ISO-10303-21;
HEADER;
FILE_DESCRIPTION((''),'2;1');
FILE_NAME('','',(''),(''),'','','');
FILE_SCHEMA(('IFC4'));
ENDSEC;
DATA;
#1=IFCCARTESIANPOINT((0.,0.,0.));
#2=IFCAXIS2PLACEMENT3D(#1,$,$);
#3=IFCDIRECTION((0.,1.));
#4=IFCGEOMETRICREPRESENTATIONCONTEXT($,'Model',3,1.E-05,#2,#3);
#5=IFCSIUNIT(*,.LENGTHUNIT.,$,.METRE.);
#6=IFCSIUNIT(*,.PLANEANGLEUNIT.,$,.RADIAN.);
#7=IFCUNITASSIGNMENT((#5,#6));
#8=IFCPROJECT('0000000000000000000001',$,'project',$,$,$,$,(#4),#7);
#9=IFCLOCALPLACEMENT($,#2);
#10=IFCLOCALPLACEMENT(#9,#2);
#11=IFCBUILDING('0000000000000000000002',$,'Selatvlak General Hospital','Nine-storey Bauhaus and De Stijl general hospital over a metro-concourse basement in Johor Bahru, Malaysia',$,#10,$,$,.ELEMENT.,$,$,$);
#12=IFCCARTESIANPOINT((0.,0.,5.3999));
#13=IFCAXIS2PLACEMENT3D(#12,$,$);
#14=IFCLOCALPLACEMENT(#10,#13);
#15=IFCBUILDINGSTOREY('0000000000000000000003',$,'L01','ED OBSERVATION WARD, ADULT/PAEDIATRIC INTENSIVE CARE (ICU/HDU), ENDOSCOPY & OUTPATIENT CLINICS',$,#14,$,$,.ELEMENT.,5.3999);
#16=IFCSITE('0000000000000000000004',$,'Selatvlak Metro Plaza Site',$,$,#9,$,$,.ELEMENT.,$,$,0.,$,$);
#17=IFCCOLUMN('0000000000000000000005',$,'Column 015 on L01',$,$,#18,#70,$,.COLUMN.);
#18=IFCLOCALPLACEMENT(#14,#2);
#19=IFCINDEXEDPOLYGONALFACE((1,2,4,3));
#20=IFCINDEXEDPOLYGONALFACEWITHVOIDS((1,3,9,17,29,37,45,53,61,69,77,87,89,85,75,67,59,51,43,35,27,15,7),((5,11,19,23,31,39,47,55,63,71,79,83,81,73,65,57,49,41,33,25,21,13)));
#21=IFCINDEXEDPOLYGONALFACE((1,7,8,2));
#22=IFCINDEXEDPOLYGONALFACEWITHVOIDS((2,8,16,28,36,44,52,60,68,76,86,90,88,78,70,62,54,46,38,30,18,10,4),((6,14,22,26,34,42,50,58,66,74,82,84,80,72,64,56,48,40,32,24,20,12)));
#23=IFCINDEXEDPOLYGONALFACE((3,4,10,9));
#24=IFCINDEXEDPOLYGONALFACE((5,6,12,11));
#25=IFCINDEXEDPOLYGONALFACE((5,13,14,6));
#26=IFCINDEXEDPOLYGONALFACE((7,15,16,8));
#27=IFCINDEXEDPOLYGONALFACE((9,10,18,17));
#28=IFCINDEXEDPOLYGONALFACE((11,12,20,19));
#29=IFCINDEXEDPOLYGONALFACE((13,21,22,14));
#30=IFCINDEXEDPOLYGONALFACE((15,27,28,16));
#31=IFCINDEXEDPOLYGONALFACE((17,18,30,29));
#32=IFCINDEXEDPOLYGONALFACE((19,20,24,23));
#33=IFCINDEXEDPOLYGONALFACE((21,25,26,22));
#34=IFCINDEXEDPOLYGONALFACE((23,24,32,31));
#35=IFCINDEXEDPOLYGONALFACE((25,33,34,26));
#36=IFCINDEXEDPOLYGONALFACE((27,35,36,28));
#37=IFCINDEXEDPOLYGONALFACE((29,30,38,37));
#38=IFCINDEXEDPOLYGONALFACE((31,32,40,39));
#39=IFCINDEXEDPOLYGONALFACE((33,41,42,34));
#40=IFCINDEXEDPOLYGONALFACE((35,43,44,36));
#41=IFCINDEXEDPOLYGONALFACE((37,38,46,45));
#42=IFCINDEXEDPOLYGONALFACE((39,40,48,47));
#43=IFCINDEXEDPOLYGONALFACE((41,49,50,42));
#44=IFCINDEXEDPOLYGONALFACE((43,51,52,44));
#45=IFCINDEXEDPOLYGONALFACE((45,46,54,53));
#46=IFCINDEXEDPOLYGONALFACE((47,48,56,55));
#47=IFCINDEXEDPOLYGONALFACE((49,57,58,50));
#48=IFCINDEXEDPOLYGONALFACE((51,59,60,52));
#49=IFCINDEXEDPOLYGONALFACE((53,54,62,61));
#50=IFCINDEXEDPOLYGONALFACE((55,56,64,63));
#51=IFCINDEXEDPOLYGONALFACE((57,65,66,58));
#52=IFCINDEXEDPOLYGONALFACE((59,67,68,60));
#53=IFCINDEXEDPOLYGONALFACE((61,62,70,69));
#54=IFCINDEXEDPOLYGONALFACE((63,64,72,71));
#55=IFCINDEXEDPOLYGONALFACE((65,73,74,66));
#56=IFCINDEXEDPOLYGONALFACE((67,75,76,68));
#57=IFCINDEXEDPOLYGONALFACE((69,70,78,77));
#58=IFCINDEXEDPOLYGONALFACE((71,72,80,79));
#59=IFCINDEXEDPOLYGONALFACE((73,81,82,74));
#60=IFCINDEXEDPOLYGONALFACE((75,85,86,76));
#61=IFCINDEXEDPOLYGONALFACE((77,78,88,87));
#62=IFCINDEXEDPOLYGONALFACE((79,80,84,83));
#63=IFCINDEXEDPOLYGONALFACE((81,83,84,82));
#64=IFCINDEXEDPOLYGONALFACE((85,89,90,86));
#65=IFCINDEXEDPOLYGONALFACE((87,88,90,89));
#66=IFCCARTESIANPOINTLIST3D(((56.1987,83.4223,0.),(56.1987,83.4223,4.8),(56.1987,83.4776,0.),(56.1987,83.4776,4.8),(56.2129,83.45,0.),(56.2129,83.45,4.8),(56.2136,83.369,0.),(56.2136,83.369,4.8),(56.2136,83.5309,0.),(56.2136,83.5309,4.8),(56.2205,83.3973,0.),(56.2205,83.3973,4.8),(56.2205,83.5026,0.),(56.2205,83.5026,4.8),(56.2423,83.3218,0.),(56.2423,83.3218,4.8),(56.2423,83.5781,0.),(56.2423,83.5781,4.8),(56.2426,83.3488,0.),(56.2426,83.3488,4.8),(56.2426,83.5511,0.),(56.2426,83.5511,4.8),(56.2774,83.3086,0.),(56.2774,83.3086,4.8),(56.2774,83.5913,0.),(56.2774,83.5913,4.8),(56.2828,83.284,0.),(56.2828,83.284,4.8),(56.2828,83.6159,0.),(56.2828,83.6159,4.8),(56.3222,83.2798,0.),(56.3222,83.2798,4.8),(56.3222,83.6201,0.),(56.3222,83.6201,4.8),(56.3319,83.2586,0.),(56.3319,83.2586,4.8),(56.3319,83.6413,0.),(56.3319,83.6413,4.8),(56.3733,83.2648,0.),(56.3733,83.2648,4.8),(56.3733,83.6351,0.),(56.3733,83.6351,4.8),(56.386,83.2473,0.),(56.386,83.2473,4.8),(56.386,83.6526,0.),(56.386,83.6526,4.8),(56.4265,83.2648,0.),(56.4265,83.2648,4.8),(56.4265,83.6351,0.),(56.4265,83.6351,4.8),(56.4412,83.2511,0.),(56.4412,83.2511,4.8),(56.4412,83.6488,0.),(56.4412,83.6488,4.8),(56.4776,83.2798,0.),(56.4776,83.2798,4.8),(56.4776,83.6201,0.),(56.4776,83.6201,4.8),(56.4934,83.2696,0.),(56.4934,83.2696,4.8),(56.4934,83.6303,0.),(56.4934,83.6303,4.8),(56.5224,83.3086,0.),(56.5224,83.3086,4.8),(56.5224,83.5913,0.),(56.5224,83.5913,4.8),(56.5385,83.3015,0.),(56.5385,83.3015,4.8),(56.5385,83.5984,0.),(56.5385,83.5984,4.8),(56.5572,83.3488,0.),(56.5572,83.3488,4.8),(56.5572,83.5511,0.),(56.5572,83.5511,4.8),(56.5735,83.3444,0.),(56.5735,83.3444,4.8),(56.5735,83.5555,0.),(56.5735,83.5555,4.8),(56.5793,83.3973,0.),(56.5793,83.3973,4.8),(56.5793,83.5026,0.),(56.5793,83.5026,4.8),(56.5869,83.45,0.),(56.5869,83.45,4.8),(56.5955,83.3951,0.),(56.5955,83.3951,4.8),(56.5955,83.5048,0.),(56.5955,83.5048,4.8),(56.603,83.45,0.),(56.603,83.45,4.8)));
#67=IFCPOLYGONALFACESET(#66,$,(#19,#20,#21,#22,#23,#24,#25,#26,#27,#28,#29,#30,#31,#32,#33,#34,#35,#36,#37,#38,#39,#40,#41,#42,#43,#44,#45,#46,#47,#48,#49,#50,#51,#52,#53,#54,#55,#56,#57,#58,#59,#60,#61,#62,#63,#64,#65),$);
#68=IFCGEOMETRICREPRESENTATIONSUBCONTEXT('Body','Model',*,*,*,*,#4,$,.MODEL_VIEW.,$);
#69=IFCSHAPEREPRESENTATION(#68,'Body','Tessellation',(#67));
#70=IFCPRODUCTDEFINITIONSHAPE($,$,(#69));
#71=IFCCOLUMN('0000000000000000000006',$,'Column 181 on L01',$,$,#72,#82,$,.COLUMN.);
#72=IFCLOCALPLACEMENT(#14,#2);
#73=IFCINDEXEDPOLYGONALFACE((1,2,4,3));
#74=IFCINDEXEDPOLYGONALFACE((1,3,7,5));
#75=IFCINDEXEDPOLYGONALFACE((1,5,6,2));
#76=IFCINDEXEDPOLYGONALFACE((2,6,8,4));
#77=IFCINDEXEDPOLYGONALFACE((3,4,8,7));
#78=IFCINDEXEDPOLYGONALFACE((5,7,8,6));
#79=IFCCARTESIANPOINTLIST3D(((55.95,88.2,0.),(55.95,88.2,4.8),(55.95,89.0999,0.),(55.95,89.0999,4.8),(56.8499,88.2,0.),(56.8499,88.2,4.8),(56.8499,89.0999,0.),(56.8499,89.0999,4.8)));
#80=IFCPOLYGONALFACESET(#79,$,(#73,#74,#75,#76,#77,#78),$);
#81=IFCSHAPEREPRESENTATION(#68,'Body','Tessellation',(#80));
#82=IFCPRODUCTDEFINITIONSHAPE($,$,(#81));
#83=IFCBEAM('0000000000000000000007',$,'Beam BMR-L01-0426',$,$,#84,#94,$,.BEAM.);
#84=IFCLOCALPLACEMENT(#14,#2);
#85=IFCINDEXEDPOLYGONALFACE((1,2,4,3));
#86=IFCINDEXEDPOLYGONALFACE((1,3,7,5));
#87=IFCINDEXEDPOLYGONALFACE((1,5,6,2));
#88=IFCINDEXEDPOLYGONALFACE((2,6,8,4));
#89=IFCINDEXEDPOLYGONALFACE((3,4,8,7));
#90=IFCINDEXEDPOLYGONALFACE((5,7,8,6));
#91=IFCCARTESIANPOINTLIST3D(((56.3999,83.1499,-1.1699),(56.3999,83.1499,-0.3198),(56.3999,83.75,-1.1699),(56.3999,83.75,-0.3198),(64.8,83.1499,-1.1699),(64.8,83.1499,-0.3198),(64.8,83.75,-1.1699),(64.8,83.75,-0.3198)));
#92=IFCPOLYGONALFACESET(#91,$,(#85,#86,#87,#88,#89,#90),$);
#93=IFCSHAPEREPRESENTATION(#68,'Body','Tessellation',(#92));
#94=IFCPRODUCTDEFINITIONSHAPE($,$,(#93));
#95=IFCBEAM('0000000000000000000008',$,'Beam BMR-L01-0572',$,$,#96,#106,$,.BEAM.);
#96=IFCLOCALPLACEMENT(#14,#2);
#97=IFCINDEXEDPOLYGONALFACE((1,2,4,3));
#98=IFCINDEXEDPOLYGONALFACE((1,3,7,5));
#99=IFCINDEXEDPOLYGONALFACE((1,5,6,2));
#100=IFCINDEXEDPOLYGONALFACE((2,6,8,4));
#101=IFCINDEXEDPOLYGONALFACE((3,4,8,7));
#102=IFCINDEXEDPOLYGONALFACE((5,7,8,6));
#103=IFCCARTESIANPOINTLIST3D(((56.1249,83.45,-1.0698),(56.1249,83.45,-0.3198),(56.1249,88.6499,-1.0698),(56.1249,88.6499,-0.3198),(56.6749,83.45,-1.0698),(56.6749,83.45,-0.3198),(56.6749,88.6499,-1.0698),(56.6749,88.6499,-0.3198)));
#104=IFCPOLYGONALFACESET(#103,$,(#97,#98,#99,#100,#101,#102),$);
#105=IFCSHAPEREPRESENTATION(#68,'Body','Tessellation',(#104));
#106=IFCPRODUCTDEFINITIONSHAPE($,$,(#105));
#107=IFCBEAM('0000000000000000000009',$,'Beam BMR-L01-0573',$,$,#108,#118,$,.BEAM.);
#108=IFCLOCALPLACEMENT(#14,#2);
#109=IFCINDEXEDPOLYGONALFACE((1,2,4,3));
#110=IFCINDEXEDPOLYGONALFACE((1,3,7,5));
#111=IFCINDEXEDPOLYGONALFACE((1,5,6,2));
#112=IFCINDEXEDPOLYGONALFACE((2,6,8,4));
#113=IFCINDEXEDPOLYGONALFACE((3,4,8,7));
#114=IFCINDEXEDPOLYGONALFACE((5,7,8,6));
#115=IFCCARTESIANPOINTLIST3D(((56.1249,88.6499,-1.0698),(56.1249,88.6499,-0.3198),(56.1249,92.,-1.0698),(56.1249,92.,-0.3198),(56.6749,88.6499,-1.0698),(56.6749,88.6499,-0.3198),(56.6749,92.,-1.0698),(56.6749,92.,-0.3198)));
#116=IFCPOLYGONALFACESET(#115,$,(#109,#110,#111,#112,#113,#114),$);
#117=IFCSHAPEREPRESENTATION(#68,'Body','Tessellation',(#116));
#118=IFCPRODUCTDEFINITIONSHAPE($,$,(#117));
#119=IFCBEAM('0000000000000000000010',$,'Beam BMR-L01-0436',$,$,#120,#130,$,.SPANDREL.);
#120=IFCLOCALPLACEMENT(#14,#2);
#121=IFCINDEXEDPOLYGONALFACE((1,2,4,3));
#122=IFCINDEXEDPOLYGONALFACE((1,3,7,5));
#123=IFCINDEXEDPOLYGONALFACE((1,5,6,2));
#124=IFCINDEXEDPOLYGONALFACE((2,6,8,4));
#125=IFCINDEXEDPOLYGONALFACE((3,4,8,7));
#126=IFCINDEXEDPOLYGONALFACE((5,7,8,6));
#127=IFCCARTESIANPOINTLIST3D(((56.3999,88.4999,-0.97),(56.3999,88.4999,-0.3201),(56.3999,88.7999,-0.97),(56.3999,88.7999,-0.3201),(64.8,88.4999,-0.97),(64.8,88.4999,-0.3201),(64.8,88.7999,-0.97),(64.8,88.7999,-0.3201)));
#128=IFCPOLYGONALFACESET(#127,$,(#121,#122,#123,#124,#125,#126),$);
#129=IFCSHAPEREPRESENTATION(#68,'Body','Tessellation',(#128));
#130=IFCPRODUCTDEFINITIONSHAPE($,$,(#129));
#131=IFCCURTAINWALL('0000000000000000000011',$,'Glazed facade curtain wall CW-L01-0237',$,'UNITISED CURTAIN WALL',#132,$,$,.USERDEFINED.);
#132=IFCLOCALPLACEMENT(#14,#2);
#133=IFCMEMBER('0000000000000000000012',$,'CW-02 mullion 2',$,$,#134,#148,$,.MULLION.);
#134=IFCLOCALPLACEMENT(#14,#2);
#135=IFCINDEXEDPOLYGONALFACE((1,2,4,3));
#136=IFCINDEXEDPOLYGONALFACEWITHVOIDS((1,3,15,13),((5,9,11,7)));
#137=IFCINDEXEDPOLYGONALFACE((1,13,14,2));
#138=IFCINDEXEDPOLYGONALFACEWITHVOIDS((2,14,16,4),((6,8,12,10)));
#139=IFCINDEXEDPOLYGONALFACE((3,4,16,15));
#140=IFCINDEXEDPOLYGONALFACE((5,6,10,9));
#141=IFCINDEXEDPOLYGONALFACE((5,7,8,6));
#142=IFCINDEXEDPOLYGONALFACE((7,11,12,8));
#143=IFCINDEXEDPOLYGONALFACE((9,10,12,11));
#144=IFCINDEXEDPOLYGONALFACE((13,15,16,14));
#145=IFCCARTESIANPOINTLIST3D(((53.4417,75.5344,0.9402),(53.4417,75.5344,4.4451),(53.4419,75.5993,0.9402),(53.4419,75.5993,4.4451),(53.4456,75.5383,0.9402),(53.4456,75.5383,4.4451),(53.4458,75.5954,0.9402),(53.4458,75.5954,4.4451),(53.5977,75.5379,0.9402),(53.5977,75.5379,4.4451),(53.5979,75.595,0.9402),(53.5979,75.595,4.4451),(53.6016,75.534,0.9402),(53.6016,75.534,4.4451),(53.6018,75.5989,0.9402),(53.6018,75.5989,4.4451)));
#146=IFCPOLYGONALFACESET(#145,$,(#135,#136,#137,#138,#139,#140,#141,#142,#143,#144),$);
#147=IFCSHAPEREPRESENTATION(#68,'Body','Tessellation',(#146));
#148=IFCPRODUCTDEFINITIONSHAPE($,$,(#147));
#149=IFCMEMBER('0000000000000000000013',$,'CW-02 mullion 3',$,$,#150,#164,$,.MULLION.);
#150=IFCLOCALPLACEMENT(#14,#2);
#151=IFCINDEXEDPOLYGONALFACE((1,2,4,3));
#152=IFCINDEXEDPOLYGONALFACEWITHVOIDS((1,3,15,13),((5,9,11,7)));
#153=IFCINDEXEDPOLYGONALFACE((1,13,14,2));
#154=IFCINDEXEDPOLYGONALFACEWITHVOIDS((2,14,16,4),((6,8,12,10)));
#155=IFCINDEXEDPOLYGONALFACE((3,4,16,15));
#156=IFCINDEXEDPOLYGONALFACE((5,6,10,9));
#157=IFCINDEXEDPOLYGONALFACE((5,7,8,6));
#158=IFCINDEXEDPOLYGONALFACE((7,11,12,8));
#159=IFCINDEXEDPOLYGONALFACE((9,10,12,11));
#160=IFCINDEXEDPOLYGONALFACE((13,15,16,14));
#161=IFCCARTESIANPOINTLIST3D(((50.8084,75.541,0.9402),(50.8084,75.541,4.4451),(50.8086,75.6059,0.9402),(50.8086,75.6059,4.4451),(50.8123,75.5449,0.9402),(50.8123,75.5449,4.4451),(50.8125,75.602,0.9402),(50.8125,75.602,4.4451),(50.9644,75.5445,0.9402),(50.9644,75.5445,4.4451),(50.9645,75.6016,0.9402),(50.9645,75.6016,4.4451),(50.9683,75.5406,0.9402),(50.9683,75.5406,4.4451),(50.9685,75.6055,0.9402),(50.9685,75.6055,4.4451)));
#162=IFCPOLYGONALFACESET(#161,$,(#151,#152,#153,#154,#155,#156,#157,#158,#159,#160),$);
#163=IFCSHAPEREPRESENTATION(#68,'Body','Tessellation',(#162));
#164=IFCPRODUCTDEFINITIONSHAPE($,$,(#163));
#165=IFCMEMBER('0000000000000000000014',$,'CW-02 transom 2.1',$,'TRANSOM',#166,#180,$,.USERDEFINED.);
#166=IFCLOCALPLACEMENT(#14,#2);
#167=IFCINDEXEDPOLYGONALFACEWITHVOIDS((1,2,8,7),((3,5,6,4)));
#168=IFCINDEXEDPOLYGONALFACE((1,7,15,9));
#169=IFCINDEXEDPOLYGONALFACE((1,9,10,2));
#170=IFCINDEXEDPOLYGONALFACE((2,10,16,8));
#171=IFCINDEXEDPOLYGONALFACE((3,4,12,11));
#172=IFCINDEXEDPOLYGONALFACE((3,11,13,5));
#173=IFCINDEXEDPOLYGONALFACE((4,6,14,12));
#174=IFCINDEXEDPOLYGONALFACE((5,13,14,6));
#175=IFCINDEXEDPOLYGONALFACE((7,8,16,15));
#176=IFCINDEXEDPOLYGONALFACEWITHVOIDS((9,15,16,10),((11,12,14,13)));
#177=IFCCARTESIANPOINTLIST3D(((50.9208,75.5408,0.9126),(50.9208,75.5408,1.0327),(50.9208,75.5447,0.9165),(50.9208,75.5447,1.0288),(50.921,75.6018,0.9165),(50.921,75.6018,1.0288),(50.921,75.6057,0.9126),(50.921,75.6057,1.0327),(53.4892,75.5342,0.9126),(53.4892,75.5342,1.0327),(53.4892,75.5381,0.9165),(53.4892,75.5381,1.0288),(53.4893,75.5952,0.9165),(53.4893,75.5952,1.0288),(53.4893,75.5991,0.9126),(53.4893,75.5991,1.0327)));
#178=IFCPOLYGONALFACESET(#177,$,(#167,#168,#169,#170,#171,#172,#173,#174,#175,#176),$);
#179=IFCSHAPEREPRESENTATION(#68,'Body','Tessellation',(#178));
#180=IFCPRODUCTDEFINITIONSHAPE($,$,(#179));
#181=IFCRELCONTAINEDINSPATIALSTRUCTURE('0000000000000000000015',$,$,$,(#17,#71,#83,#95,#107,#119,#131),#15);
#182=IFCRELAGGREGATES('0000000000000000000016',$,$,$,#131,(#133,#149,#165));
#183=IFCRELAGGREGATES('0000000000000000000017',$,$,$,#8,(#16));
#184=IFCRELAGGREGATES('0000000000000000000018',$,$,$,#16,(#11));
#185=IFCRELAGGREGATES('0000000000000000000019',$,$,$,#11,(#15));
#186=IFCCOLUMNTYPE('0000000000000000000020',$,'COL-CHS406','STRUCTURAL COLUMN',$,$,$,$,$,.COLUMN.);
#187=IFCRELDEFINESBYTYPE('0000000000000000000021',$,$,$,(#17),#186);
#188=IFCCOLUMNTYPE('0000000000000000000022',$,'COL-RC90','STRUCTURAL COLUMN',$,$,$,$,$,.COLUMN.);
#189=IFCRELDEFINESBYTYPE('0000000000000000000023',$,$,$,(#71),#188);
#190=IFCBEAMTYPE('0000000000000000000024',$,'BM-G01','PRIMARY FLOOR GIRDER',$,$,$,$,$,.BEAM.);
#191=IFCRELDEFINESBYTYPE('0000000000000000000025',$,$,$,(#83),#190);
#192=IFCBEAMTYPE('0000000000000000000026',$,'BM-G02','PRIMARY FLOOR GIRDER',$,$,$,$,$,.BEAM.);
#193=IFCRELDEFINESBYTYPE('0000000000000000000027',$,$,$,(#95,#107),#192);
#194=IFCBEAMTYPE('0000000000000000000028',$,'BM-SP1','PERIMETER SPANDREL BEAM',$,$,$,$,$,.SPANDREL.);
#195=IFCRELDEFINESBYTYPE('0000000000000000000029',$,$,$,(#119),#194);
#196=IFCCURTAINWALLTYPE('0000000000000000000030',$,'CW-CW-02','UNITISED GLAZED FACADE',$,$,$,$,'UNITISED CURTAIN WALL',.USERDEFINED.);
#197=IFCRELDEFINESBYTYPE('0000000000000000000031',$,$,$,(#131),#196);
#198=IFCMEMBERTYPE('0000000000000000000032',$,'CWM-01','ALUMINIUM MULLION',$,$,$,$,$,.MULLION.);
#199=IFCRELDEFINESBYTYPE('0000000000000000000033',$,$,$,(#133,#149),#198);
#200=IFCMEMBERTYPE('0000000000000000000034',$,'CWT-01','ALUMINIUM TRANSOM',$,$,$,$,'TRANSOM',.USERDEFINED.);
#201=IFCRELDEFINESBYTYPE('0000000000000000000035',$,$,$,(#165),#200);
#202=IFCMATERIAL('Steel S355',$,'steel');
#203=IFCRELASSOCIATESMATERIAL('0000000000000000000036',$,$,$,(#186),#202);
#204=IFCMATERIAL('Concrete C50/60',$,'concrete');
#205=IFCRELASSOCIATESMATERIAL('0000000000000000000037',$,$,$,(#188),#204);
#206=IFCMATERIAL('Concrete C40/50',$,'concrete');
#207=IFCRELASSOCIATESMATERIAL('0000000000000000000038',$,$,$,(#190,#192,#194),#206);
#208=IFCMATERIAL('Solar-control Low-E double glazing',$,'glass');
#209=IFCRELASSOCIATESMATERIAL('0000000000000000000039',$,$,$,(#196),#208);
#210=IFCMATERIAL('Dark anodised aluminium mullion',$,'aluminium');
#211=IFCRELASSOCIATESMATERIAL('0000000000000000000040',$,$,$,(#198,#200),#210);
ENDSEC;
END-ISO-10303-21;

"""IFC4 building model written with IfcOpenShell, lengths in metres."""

from ifc_helpers import new_model, si_unit, direction, frame, origin, origin_2d, place, context, subcontext, project, spatial, rectangle, hollow_rectangle, hollow_circle, extrude, material, material_profile, profile_set, type_object, element, aggregate, save


model = new_model("IFC4")

# Units and contexts
model_context = context("Model", 3, precision=1e-05, world=origin(), true_north=direction((0.0, 1.0)))
body_context = subcontext(model_context, "Body", "Model", "MODEL_VIEW")
ifc_project = project(units=[si_unit("LENGTHUNIT", "METRE"), si_unit("PLANEANGLEUNIT", "RADIAN")], contexts=[model_context])

# Site, building, storey
site_placement = place(None, origin())
site = spatial("IfcSite", under=ifc_project, at=site_placement, Name="Selatvlak Metro Plaza Site", CompositionType="ELEMENT", RefElevation=0.0)
building_placement = place(site_placement, origin())
building = spatial("IfcBuilding", under=site, at=building_placement, Name="Selatvlak General Hospital", Description="Nine-storey Bauhaus and De Stijl general hospital over a metro-concourse basement in Johor Bahru, Malaysia", CompositionType="ELEMENT")
storey_placement = place(building_placement, frame((0.0, 0.0, 5.3999)))
storey = spatial("IfcBuildingStorey", under=building, at=storey_placement, Name="L01", Description="ED OBSERVATION WARD, ADULT/PAEDIATRIC INTENSIVE CARE (ICU/HDU), ENDOSCOPY & OUTPATIENT CLINICS", CompositionType="ELEMENT", Elevation=5.3999)

# Columns
ifc_material_1 = material(Name="Steel S355", Category="steel")
ifc_material_profile_1 = material_profile(ifc_material_1, hollow_circle(Radius=0.2031, WallThickness=0.0161, at=origin_2d()), Name="CHS 406.4x16")
ifc_profile_set_1 = profile_set([ifc_material_profile_1], Name="Steel S355")
column_type_1 = type_object("IfcColumnType", Name="COL-CHS406", Description="STRUCTURAL COLUMN", PredefinedType="COLUMN", material=ifc_profile_set_1)
column_1_placement = place(storey_placement, frame((56.3999, 83.45, 0.0), z_axis=(0.0, 0.0, 1.0), x_axis=(1.0, 0.0, 0.0)))
element("IfcColumn", 1, at=column_1_placement, inside=storey, type_object=column_type_1, Name="Column 015 on L01", PredefinedType="COLUMN", context=body_context, shape_type="SweptSolid", body=[
    extrude(hollow_circle(Radius=0.2031, WallThickness=0.0161, at=origin_2d()), origin(), (0.0, 0.0, 1.0), 4.8),
])
ifc_material_2 = material(Name="Concrete C50/60", Category="concrete")
ifc_material_profile_2 = material_profile(ifc_material_2, rectangle(XDim=0.8999, YDim=0.8999, at=origin_2d()), Name="RC-COL 900x900")
ifc_profile_set_2 = profile_set([ifc_material_profile_2], Name="Concrete C50/60")
column_type_2 = type_object("IfcColumnType", Name="COL-RC90", Description="STRUCTURAL COLUMN", PredefinedType="COLUMN", material=ifc_profile_set_2)
column_2_placement = place(storey_placement, frame((56.3999, 88.6499, 0.0), z_axis=(0.0, 0.0, 1.0), x_axis=(1.0, 0.0, 0.0)))
element("IfcColumn", 2, at=column_2_placement, inside=storey, type_object=column_type_2, Name="Column 181 on L01", PredefinedType="COLUMN", context=body_context, shape_type="SweptSolid", body=[
    extrude(rectangle(XDim=0.8999, YDim=0.8999, at=origin_2d()), origin(), (0.0, 0.0, 1.0), 4.8),
])

# Beams
ifc_material_3 = material(Name="Concrete C40/50", Category="concrete")
ifc_material_profile_3 = material_profile(ifc_material_3, rectangle(XDim=0.6001, YDim=0.8501, at=origin_2d()), Name="RC-BM 600x850")
ifc_profile_set_3 = profile_set([ifc_material_profile_3], Name="Concrete C40/50")
beam_type_1 = type_object("IfcBeamType", Name="BM-G01", Description="PRIMARY FLOOR GIRDER", PredefinedType="BEAM", material=ifc_profile_set_3)
beam_1_placement = place(storey_placement, frame((56.3999, 83.45, -0.7449), z_axis=(1.0, 0.0, 0.0), x_axis=(0.0, 1.0, 0.0)))
element("IfcBeam", 3, at=beam_1_placement, inside=storey, type_object=beam_type_1, Name="Beam BMR-L01-0426", PredefinedType="BEAM", context=body_context, shape_type="SweptSolid", body=[
    extrude(rectangle(XDim=0.6001, YDim=0.8501, at=origin_2d()), origin(), (0.0, 0.0, 1.0), 8.4001),
])
ifc_material_profile_4 = material_profile(ifc_material_3, rectangle(XDim=0.55, YDim=0.75, at=origin_2d()), Name="RC-BM 550x750")
ifc_profile_set_4 = profile_set([ifc_material_profile_4], Name="Concrete C40/50")
beam_type_2 = type_object("IfcBeamType", Name="BM-G02", Description="PRIMARY FLOOR GIRDER", PredefinedType="BEAM", material=ifc_profile_set_4)
beam_2_placement = place(storey_placement, frame((56.3999, 83.45, -0.6948), z_axis=(0.0, 1.0, 0.0), x_axis=(-1.0, 0.0, 0.0)))
element("IfcBeam", 4, at=beam_2_placement, inside=storey, type_object=beam_type_2, Name="Beam BMR-L01-0572", PredefinedType="BEAM", context=body_context, shape_type="SweptSolid", body=[
    extrude(rectangle(XDim=0.55, YDim=0.75, at=origin_2d()), origin(), (0.0, 0.0, 1.0), 5.2),
])
beam_3_placement = place(storey_placement, frame((56.3999, 88.6499, -0.6948), z_axis=(0.0, 1.0, 0.0), x_axis=(-1.0, 0.0, 0.0)))
element("IfcBeam", 5, at=beam_3_placement, inside=storey, type_object=beam_type_2, Name="Beam BMR-L01-0573", PredefinedType="BEAM", context=body_context, shape_type="SweptSolid", body=[
    extrude(rectangle(XDim=0.55, YDim=0.75, at=origin_2d()), origin(), (0.0, 0.0, 1.0), 3.3501),
])
ifc_material_profile_5 = material_profile(ifc_material_3, rectangle(XDim=0.3, YDim=0.6499, at=origin_2d()), Name="RC-SP 300x650")
ifc_profile_set_5 = profile_set([ifc_material_profile_5], Name="Concrete C40/50")
beam_type_3 = type_object("IfcBeamType", Name="BM-SP1", Description="PERIMETER SPANDREL BEAM", PredefinedType="SPANDREL", material=ifc_profile_set_5)
beam_4_placement = place(storey_placement, frame((56.3999, 88.6499, -0.645), z_axis=(1.0, 0.0, 0.0), x_axis=(0.0, 1.0, 0.0)))
element("IfcBeam", 6, at=beam_4_placement, inside=storey, type_object=beam_type_3, Name="Beam BMR-L01-0436", PredefinedType="SPANDREL", context=body_context, shape_type="SweptSolid", body=[
    extrude(rectangle(XDim=0.3, YDim=0.6499, at=origin_2d()), origin(), (0.0, 0.0, 1.0), 8.4001),
])

# Curtain wall, members
ifc_material_4 = material(Name="Solar-control Low-E double glazing", Category="glass")
curtain_wall_type = type_object("IfcCurtainWallType", Name="CW-CW-02", Description="UNITISED GLAZED FACADE", ElementType="UNITISED CURTAIN WALL", PredefinedType="USERDEFINED", material=ifc_material_4)
curtain_wall_placement = place(storey_placement, origin())
curtain_wall = element("IfcCurtainWall", 7, at=curtain_wall_placement, inside=storey, type_object=curtain_wall_type, Name="Glazed facade curtain wall CW-L01-0237", ObjectType="UNITISED CURTAIN WALL", PredefinedType="USERDEFINED")
ifc_material_5 = material(Name="Dark anodised aluminium mullion", Category="aluminium")
ifc_material_profile_6 = material_profile(ifc_material_5, hollow_rectangle(XDim=0.0649, YDim=0.1599, WallThickness=0.0039, at=origin_2d()), Name="AL-MUL 65x160x4")
ifc_profile_set_6 = profile_set([ifc_material_profile_6], Name="Dark anodised aluminium mullion")
member_type_1 = type_object("IfcMemberType", Name="CWM-01", Description="ALUMINIUM MULLION", PredefinedType="MULLION", material=ifc_profile_set_6)
member_1_placement = place(storey_placement, frame((53.5217, 75.5667, 0.9402), z_axis=(0.0, 0.0, 1.0), x_axis=(-0.002532, -0.999997, 0.0)))
member_1 = element("IfcMember", 8, at=member_1_placement, type_object=member_type_1, Name="CW-02 mullion 2", PredefinedType="MULLION", context=body_context, shape_type="SweptSolid", body=[
    extrude(hollow_rectangle(XDim=0.0649, YDim=0.1599, WallThickness=0.0039, at=origin_2d()), origin(), (0.0, 0.0, 1.0), 3.5049),
])
member_2_placement = place(storey_placement, frame((50.8884, 75.5732, 0.9402), z_axis=(0.0, 0.0, 1.0), x_axis=(-0.002532, -0.999997, 0.0)))
member_2 = element("IfcMember", 9, at=member_2_placement, type_object=member_type_1, Name="CW-02 mullion 3", PredefinedType="MULLION", context=body_context, shape_type="SweptSolid", body=[
    extrude(hollow_rectangle(XDim=0.0649, YDim=0.1599, WallThickness=0.0039, at=origin_2d()), origin(), (0.0, 0.0, 1.0), 3.5049),
])
ifc_material_profile_7 = material_profile(ifc_material_5, hollow_rectangle(XDim=0.0649, YDim=0.1201, WallThickness=0.0039, at=origin_2d()), Name="AL-TRN 65x120x4")
ifc_profile_set_7 = profile_set([ifc_material_profile_7], Name="Dark anodised aluminium mullion")
member_type_2 = type_object("IfcMemberType", Name="CWT-01", Description="ALUMINIUM TRANSOM", ElementType="TRANSOM", PredefinedType="USERDEFINED", material=ifc_profile_set_7)
member_3_placement = place(storey_placement, frame((53.4893, 75.5667, 0.9727), z_axis=(-0.999997, 0.002567, 0.0), x_axis=(-0.002567, -0.999997, 0.0)))
member_3 = element("IfcMember", 10, at=member_3_placement, type_object=member_type_2, Name="CW-02 transom 2.1", ObjectType="TRANSOM", PredefinedType="USERDEFINED", context=body_context, shape_type="SweptSolid", body=[
    extrude(hollow_rectangle(XDim=0.0649, YDim=0.1201, WallThickness=0.0039, at=origin_2d()), origin(), (0.0, 0.0, 1.0), 2.5684),
])
aggregate(curtain_wall, [member_1, member_2, member_3])

save(model, "model.ifc")
